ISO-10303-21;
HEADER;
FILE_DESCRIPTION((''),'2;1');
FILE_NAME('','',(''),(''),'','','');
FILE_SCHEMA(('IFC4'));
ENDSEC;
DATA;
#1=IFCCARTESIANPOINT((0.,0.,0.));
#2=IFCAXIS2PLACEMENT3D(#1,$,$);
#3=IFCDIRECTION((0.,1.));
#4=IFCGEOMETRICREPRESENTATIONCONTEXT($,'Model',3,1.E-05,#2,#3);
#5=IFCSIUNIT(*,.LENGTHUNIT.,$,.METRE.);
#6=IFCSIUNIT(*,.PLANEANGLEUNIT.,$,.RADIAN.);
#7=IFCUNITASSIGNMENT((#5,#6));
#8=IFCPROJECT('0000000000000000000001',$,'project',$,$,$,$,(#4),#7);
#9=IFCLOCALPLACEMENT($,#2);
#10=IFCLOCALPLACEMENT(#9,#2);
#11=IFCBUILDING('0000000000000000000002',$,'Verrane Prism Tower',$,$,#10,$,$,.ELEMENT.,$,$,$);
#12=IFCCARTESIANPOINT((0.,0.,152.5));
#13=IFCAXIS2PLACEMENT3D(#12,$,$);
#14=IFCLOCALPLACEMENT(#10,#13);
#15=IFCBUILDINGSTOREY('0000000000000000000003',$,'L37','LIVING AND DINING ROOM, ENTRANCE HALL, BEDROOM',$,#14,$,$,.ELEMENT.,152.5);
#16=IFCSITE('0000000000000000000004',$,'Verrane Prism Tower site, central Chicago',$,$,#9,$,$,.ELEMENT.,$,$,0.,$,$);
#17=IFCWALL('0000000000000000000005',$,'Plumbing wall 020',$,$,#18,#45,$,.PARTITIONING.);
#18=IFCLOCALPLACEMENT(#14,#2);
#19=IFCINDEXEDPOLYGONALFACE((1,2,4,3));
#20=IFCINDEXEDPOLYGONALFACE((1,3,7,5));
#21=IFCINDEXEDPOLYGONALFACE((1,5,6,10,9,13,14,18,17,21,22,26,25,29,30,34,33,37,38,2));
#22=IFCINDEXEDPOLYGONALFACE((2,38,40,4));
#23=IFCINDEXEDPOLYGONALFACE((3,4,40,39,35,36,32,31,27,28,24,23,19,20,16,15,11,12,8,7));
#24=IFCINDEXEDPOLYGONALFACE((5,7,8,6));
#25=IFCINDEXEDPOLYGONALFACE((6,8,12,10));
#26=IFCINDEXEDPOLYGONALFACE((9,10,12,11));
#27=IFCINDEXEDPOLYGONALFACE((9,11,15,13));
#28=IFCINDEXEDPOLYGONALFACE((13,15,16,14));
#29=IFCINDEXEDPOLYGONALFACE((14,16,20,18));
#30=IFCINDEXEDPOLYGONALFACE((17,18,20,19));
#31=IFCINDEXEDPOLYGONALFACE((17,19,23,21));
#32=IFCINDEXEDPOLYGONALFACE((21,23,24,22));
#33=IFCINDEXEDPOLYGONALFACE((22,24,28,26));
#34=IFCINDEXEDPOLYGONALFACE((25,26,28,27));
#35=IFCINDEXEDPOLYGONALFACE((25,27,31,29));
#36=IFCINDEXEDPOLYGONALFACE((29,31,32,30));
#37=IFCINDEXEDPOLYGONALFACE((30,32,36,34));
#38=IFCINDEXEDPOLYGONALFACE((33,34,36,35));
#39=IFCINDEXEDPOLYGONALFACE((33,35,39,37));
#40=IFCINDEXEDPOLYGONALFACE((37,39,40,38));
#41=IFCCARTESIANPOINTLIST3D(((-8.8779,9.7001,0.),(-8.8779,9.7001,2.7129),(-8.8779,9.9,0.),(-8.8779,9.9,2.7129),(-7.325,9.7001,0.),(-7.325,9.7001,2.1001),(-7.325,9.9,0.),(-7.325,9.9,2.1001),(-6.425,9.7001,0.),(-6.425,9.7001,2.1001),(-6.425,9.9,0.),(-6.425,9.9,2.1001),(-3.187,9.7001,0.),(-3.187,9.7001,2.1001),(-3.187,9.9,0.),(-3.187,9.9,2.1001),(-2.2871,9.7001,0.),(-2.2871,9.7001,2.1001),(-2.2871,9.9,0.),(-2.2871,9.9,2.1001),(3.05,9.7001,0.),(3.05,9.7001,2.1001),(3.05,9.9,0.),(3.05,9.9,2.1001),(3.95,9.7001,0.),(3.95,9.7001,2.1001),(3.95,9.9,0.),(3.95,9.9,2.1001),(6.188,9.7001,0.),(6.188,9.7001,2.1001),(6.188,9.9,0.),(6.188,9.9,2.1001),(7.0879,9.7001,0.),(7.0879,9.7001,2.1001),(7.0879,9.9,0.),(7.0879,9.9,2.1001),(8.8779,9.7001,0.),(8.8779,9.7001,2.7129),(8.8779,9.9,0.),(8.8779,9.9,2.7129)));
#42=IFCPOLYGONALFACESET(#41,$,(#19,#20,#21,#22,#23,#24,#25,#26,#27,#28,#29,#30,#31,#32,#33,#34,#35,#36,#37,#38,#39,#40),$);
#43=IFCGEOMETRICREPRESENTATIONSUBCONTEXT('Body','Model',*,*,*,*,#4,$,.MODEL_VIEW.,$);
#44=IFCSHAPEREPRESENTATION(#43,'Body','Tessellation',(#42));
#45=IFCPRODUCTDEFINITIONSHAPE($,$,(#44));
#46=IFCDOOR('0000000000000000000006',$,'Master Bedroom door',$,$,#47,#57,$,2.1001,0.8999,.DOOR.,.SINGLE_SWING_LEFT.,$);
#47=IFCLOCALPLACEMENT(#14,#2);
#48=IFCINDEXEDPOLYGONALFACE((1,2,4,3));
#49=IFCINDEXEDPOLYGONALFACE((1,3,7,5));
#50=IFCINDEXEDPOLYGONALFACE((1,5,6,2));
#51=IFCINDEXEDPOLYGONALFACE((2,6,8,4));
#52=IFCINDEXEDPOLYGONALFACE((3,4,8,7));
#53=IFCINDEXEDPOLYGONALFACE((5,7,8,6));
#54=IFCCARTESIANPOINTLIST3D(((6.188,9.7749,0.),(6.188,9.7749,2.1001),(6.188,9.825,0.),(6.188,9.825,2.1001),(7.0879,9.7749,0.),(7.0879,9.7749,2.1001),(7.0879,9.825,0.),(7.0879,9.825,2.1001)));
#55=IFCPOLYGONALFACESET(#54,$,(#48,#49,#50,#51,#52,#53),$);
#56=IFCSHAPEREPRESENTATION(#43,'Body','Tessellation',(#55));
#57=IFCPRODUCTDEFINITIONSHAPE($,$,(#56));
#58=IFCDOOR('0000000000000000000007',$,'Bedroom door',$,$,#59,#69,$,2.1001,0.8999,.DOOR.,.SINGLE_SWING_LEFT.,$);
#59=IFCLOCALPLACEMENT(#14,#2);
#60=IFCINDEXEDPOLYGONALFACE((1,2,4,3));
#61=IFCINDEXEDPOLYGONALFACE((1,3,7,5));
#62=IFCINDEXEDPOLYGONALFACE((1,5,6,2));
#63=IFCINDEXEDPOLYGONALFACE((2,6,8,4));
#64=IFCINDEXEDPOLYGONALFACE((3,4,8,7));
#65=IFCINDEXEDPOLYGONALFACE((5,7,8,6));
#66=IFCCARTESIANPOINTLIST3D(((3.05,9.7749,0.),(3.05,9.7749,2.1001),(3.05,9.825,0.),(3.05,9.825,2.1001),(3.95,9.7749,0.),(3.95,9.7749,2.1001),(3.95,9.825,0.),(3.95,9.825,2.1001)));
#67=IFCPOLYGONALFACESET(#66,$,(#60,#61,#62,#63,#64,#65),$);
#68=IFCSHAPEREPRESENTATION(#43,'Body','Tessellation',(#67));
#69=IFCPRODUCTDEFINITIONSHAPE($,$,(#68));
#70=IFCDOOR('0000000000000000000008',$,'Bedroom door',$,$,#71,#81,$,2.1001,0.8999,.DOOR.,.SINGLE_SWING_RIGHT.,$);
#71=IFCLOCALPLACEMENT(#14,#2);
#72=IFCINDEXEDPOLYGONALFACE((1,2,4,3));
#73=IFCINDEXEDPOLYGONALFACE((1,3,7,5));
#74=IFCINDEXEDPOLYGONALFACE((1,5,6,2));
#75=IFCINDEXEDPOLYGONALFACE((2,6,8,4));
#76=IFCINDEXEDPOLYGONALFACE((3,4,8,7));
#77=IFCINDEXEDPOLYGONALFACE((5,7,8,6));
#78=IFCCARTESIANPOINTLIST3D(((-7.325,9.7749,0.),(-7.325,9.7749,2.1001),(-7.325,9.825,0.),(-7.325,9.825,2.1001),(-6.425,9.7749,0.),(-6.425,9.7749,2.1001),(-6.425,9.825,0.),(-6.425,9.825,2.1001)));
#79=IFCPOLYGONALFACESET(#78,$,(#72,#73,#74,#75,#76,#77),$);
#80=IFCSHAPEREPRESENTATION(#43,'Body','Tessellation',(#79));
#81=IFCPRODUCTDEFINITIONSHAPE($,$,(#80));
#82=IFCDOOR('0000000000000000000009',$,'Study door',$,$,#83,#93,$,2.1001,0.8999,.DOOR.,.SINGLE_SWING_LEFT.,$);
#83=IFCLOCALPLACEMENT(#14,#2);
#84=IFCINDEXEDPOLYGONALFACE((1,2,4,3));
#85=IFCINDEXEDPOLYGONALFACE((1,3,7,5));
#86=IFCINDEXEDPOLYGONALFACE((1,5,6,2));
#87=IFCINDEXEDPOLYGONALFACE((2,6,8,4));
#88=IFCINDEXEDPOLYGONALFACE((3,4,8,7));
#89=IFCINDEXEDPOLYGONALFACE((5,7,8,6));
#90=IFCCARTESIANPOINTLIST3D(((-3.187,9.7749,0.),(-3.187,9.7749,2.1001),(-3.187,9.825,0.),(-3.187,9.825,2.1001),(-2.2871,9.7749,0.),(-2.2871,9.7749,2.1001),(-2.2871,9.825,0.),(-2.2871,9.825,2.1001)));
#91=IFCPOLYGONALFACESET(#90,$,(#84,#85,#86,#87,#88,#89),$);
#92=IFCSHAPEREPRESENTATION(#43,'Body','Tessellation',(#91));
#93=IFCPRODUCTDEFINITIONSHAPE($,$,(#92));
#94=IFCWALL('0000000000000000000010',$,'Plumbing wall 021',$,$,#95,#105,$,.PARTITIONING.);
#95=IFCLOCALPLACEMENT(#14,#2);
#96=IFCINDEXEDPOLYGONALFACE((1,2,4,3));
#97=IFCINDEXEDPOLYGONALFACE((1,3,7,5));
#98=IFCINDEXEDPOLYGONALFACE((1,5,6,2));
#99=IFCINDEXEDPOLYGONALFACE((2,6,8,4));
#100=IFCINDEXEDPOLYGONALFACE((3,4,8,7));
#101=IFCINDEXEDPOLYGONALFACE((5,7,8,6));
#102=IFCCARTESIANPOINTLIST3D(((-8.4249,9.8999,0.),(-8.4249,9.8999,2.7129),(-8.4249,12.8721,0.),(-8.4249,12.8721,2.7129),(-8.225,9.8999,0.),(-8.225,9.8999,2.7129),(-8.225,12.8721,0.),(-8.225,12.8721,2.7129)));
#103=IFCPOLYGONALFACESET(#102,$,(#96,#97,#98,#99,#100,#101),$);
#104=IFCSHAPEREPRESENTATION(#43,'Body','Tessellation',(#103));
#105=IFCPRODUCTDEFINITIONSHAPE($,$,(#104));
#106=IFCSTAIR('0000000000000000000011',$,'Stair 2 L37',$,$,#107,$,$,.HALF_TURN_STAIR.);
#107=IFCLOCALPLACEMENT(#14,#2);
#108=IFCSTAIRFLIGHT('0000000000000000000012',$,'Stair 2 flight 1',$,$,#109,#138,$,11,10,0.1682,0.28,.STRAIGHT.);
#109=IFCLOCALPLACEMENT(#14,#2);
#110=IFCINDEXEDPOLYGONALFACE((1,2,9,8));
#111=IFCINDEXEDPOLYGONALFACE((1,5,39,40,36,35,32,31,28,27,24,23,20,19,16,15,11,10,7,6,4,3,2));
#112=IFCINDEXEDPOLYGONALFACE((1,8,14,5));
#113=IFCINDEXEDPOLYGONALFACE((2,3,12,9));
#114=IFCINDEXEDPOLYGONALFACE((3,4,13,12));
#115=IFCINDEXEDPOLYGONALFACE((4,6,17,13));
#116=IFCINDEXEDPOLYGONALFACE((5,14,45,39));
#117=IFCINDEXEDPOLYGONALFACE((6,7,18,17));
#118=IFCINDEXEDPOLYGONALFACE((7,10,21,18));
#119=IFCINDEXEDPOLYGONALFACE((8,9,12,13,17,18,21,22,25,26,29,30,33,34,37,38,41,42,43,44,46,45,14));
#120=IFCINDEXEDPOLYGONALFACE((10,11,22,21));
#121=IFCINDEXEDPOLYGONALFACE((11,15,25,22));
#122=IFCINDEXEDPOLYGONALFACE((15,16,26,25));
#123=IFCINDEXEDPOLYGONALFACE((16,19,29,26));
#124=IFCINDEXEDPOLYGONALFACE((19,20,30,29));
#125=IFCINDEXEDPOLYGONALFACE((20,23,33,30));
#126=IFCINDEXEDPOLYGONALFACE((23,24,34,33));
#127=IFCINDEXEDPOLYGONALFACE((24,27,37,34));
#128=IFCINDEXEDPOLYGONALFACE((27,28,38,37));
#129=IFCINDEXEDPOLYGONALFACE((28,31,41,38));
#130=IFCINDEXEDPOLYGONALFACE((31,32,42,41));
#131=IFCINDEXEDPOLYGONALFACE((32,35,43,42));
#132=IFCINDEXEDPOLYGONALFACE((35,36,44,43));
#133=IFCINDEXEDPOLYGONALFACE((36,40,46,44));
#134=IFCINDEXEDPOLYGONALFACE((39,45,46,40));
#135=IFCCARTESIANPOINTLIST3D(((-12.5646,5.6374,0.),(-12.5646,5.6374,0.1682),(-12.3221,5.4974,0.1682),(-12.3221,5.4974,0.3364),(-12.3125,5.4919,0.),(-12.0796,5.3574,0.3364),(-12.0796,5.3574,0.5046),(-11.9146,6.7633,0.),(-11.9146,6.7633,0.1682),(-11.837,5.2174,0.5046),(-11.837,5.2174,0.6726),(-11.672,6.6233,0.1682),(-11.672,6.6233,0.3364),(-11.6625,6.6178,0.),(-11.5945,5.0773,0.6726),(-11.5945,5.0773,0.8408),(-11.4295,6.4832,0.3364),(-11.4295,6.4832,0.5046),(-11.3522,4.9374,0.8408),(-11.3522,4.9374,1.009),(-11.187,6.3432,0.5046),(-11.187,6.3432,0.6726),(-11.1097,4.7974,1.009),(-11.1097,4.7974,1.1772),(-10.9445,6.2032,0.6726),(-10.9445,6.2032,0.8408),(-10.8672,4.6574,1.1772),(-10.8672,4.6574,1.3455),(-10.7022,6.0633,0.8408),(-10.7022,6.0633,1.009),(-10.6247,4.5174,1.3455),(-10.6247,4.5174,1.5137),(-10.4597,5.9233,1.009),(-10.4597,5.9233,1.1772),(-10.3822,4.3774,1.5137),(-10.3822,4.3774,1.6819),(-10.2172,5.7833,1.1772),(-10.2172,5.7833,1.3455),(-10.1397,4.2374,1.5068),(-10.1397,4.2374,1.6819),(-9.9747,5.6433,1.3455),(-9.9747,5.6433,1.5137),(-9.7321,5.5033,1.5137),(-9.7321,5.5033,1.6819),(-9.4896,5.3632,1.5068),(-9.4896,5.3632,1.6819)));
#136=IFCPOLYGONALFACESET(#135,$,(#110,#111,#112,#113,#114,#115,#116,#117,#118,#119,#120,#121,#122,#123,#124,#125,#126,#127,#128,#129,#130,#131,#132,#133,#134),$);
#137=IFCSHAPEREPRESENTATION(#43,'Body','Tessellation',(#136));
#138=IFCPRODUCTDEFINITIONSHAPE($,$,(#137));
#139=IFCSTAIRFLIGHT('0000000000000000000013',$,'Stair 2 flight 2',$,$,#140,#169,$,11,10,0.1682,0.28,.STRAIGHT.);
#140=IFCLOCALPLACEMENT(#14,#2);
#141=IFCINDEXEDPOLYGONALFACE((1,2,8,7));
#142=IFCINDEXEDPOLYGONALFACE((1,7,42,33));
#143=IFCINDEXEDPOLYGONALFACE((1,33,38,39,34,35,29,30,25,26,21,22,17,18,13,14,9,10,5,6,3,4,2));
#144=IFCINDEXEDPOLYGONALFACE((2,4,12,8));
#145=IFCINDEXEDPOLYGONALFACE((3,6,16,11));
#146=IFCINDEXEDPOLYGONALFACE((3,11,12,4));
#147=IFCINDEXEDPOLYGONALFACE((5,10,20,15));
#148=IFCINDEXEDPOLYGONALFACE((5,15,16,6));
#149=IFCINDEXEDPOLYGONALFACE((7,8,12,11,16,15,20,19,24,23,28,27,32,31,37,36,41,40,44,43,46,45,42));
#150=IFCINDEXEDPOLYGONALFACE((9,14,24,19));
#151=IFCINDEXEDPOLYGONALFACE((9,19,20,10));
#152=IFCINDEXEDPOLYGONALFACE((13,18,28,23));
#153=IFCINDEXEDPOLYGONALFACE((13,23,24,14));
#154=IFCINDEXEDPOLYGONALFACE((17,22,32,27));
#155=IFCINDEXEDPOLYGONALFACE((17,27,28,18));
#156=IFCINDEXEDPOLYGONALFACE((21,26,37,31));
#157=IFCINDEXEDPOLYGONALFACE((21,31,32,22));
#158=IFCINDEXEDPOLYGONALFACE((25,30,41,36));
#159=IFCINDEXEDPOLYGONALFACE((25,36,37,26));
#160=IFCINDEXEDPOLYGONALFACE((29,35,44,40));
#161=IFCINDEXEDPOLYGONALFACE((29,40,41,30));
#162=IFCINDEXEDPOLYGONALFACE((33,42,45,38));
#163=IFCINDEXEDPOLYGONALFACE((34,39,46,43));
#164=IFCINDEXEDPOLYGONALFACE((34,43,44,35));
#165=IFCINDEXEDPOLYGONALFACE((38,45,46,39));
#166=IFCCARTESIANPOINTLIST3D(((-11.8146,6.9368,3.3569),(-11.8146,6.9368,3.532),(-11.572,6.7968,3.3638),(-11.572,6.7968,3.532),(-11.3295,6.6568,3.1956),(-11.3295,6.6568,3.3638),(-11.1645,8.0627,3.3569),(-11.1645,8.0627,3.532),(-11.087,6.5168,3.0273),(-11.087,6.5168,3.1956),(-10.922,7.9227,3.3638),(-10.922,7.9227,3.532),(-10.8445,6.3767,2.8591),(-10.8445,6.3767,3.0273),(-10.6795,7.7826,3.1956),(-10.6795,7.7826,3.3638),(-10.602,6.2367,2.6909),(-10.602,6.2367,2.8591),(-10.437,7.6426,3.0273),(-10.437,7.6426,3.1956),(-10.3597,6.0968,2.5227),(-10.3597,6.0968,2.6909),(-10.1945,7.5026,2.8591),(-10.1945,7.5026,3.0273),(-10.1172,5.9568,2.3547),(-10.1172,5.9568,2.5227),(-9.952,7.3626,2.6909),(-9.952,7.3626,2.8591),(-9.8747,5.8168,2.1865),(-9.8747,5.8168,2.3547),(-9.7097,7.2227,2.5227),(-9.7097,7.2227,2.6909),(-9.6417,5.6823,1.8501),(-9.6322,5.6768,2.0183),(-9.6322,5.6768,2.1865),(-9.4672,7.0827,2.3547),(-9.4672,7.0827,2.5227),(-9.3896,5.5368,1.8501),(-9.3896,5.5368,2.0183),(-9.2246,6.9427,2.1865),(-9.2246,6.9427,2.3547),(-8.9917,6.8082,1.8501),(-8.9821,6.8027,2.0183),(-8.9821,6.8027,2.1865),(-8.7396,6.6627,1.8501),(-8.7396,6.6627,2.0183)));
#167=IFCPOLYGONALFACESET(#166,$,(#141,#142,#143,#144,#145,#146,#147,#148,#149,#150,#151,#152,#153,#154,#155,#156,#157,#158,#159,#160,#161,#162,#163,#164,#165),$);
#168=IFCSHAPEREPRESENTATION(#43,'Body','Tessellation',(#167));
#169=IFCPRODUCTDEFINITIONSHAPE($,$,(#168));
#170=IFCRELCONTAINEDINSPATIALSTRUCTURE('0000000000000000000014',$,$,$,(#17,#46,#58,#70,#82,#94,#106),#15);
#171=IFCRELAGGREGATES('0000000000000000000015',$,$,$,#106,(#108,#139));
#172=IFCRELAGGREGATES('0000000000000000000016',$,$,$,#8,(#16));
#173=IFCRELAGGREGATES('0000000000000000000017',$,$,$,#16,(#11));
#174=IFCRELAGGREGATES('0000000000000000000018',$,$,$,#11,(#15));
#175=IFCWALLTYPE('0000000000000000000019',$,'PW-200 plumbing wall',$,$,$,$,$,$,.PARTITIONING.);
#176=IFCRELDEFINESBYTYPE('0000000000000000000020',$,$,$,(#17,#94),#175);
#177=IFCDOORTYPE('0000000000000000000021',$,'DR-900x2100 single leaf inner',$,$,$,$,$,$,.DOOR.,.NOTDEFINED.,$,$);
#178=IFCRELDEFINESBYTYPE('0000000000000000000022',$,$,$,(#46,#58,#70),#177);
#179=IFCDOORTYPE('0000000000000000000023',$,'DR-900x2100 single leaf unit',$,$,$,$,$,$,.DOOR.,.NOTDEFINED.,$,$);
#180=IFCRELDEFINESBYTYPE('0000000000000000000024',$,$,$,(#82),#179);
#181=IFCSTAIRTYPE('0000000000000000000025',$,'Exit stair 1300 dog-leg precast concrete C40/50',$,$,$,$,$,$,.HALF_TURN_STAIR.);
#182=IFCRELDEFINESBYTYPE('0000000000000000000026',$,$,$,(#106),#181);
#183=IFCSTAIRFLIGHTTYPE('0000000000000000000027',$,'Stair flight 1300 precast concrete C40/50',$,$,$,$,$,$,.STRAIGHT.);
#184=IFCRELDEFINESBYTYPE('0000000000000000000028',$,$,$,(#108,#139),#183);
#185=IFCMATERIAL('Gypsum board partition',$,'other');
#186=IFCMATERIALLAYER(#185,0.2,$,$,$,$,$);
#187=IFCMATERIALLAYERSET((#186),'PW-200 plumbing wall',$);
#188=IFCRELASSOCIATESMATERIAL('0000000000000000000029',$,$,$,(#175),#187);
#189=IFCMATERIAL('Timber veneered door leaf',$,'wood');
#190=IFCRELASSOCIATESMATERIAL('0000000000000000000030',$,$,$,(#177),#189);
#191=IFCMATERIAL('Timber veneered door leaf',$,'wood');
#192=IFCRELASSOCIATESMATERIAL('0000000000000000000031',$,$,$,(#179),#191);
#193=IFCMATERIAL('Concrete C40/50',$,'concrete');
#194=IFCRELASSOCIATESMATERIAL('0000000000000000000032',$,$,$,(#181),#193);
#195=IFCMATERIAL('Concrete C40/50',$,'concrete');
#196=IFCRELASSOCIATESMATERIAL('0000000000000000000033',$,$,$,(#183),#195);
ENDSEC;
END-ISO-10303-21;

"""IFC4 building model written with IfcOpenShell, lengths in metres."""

from ifc_helpers import new_model, si_unit, direction, frame, frame_2d, origin, place, context, subcontext, project, spatial, polyline, rectangle, outline, extrude, material, layer, layer_set, type_object, element, fill, aggregate, save


model = new_model("IFC4")

# Units and contexts
model_context = context("Model", 3, precision=1e-05, world=origin(), true_north=direction((0.0, 1.0)))
body_context = subcontext(model_context, "Body", "Model", "MODEL_VIEW")
ifc_project = project(units=[si_unit("LENGTHUNIT", "METRE"), si_unit("PLANEANGLEUNIT", "RADIAN")], contexts=[model_context])

# Site, building, storey
site_placement = place(None, origin())
site = spatial("IfcSite", under=ifc_project, at=site_placement, Name="Verrane Prism Tower site, central Chicago", CompositionType="ELEMENT", RefElevation=0.0)
building_placement = place(site_placement, origin())
building = spatial("IfcBuilding", under=site, at=building_placement, Name="Verrane Prism Tower", CompositionType="ELEMENT")
storey_placement = place(building_placement, frame((0.0, 0.0, 152.5)))
storey = spatial("IfcBuildingStorey", under=building, at=storey_placement, Name="L37", Description="LIVING AND DINING ROOM, ENTRANCE HALL, BEDROOM", CompositionType="ELEMENT", Elevation=152.5)

# Wall, openings, doors
ifc_material_1 = material(Name="Gypsum board partition", Category="other")
ifc_layer_1 = layer(ifc_material_1, 0.2)
ifc_layer_set_1 = layer_set([ifc_layer_1], Name="PW-200 plumbing wall")
wall_type_1 = type_object("IfcWallType", Name="PW-200 plumbing wall", PredefinedType="PARTITIONING", material=ifc_layer_set_1)
wall_1_placement = place(storey_placement, frame((-8.8779, 9.8, 0.0), z_axis=(0.0, 0.0, 1.0), x_axis=(1.0, 0.0, 0.0)))
wall_1 = element("IfcWall", 1, at=wall_1_placement, inside=storey, type_object=wall_type_1, Name="Plumbing wall 020", PredefinedType="PARTITIONING", context=body_context, shape_type="SweptSolid", body=[
    extrude(rectangle(XDim=17.7559, YDim=0.2, at=frame_2d((8.8779, 0.0))), origin(), (0.0, 0.0, 1.0), 2.7129),
])
opening_1_placement = place(wall_1_placement, frame((15.0659, 0.0, 0.0)))
opening_1 = element("IfcOpeningElement", 2, at=opening_1_placement, cuts=wall_1, PredefinedType="OPENING", context=body_context, shape_type="SweptSolid", body=[
    extrude(rectangle(XDim=0.8999, YDim=2.1001, at=frame_2d((0.45, 1.05))), frame((0.0, 0.1099, 0.0), z_axis=(0.0, -1.0, 0.0), x_axis=(1.0, 0.0, 0.0)), (0.0, 0.0, 1.0), 0.22),
])
opening_2_placement = place(wall_1_placement, frame((11.928, 0.0, 0.0)))
opening_2 = element("IfcOpeningElement", 3, at=opening_2_placement, cuts=wall_1, PredefinedType="OPENING", context=body_context, shape_type="SweptSolid", body=[
    extrude(rectangle(XDim=0.8999, YDim=2.1001, at=frame_2d((0.45, 1.05))), frame((0.0, 0.1099, 0.0), z_axis=(0.0, -1.0, 0.0), x_axis=(1.0, 0.0, 0.0)), (0.0, 0.0, 1.0), 0.22),
])
opening_3_placement = place(wall_1_placement, frame((5.6909, 0.0, 0.0)))
opening_3 = element("IfcOpeningElement", 4, at=opening_3_placement, cuts=wall_1, PredefinedType="OPENING", context=body_context, shape_type="SweptSolid", body=[
    extrude(rectangle(XDim=0.8999, YDim=2.1001, at=frame_2d((0.45, 1.05))), frame((0.0, 0.1099, 0.0), z_axis=(0.0, -1.0, 0.0), x_axis=(1.0, 0.0, 0.0)), (0.0, 0.0, 1.0), 0.22),
])
opening_4_placement = place(wall_1_placement, frame((1.553, 0.0, 0.0)))
opening_4 = element("IfcOpeningElement", 5, at=opening_4_placement, cuts=wall_1, PredefinedType="OPENING", context=body_context, shape_type="SweptSolid", body=[
    extrude(rectangle(XDim=0.8999, YDim=2.1001, at=frame_2d((0.45, 1.05))), frame((0.0, 0.1099, 0.0), z_axis=(0.0, -1.0, 0.0), x_axis=(1.0, 0.0, 0.0)), (0.0, 0.0, 1.0), 0.22),
])
ifc_material_2 = material(Name="Timber veneered door leaf", Category="wood")
door_type_1 = type_object("IfcDoorType", Name="DR-900x2100 single leaf inner", OperationType="NOTDEFINED", PredefinedType="DOOR", material=ifc_material_2)
door_1_placement = place(opening_1_placement, origin())
door_1 = element("IfcDoor", 6, at=door_1_placement, inside=storey, type_object=door_type_1, Name="Master Bedroom door", OperationType="SINGLE_SWING_LEFT", OverallHeight=2.1001, OverallWidth=0.8999, PredefinedType="DOOR", context=body_context, shape_type="SweptSolid", body=[
    extrude(rectangle(XDim=0.8999, YDim=2.1001, at=frame_2d((0.45, 1.05))), frame((0.0, 0.0249, 0.0), z_axis=(0.0, -1.0, 0.0), x_axis=(1.0, 0.0, 0.0)), (0.0, 0.0, 1.0), 0.05),
])
fill(opening_1, door_1)
door_2_placement = place(opening_2_placement, origin())
door_2 = element("IfcDoor", 7, at=door_2_placement, inside=storey, type_object=door_type_1, Name="Bedroom door", OperationType="SINGLE_SWING_LEFT", OverallHeight=2.1001, OverallWidth=0.8999, PredefinedType="DOOR", context=body_context, shape_type="SweptSolid", body=[
    extrude(rectangle(XDim=0.8999, YDim=2.1001, at=frame_2d((0.45, 1.05))), frame((0.0, 0.0249, 0.0), z_axis=(0.0, -1.0, 0.0), x_axis=(1.0, 0.0, 0.0)), (0.0, 0.0, 1.0), 0.05),
])
fill(opening_2, door_2)
door_3_placement = place(opening_4_placement, origin())
door_3 = element("IfcDoor", 8, at=door_3_placement, inside=storey, type_object=door_type_1, Name="Bedroom door", OperationType="SINGLE_SWING_RIGHT", OverallHeight=2.1001, OverallWidth=0.8999, PredefinedType="DOOR", context=body_context, shape_type="SweptSolid", body=[
    extrude(rectangle(XDim=0.8999, YDim=2.1001, at=frame_2d((0.45, 1.05))), frame((0.0, 0.0249, 0.0), z_axis=(0.0, -1.0, 0.0), x_axis=(1.0, 0.0, 0.0)), (0.0, 0.0, 1.0), 0.05),
])
fill(opening_4, door_3)
ifc_material_3 = material(Name="Timber veneered door leaf", Category="wood")
door_type_2 = type_object("IfcDoorType", Name="DR-900x2100 single leaf unit", OperationType="NOTDEFINED", PredefinedType="DOOR", material=ifc_material_3)
door_4_placement = place(opening_3_placement, origin())
door_4 = element("IfcDoor", 9, at=door_4_placement, inside=storey, type_object=door_type_2, Name="Study door", OperationType="SINGLE_SWING_LEFT", OverallHeight=2.1001, OverallWidth=0.8999, PredefinedType="DOOR", context=body_context, shape_type="SweptSolid", body=[
    extrude(rectangle(XDim=0.8999, YDim=2.1001, at=frame_2d((0.45, 1.05))), frame((0.0, 0.0249, 0.0), z_axis=(0.0, -1.0, 0.0), x_axis=(1.0, 0.0, 0.0)), (0.0, 0.0, 1.0), 0.05),
])
fill(opening_3, door_4)

# Wall
wall_2_placement = place(storey_placement, frame((-8.325, 9.8999, 0.0), z_axis=(0.0, 0.0, 1.0), x_axis=(0.0, 1.0, 0.0)))
element("IfcWall", 10, at=wall_2_placement, inside=storey, type_object=wall_type_1, Name="Plumbing wall 021", PredefinedType="PARTITIONING", context=body_context, shape_type="SweptSolid", body=[
    extrude(rectangle(XDim=2.9722, YDim=0.2, at=frame_2d((1.4861, 0.0))), origin(), (0.0, 0.0, 1.0), 2.7129),
])

# Stair, stair flights
ifc_material_4 = material(Name="Concrete C40/50", Category="concrete")
stair_type = type_object("IfcStairType", Name="Exit stair 1300 dog-leg precast concrete C40/50", PredefinedType="HALF_TURN_STAIR", material=ifc_material_4)
stair_placement = place(storey_placement, origin())
stair = element("IfcStair", 11, at=stair_placement, inside=storey, type_object=stair_type, Name="Stair 2 L37", PredefinedType="HALF_TURN_STAIR")
ifc_material_5 = material(Name="Concrete C40/50", Category="concrete")
stair_flight_type = type_object("IfcStairFlightType", Name="Stair flight 1300 precast concrete C40/50", PredefinedType="STRAIGHT", material=ifc_material_5)
stair_flight_1_placement = place(storey_placement, frame((-12.2395, 6.2004, 0.0), z_axis=(0.0, 0.0, 1.0), x_axis=(0.866025, -0.5, 0.0)))
stair_flight_1 = element("IfcStairFlight", 12, at=stair_flight_1_placement, type_object=stair_flight_type, Name="Stair 2 flight 1", NumberOfRisers=11, NumberOfTreads=10, PredefinedType="STRAIGHT", RiserHeight=0.1682, TreadLength=0.28, context=body_context, shape_type="SweptSolid", body=[
    extrude(outline(polyline([(0.0, 0.0), (0.0, 0.1682), (0.28, 0.1682), (0.28, 0.3364), (0.5601, 0.3364), (0.5601, 0.5046), (0.8401, 0.5046), (0.8401, 0.6726), (1.1201, 0.6726), (1.1201, 0.8408), (1.3999, 0.8408), (1.3999, 1.009), (1.6799, 1.009), (1.6799, 1.1772), (1.96, 1.1772), (1.96, 1.3455), (2.24, 1.3455), (2.24, 1.5137), (2.52, 1.5137), (2.52, 1.6819), (2.8, 1.6819), (2.8, 1.8501), (2.8, 1.5068), (0.291, 0.0), (0.0, 0.0)])), frame((0.0, 0.6499, 0.0), z_axis=(0.0, -1.0, 0.0), x_axis=(1.0, 0.0, 0.0)), (0.0, 0.0, 1.0), 1.3),
])
stair_flight_2_placement = place(storey_placement, frame((-9.0647, 6.0996, 1.8501), z_axis=(0.0, 0.0, 1.0), x_axis=(-0.866025, 0.5, 0.0)))
stair_flight_2 = element("IfcStairFlight", 13, at=stair_flight_2_placement, type_object=stair_flight_type, Name="Stair 2 flight 2", NumberOfRisers=11, NumberOfTreads=10, PredefinedType="STRAIGHT", RiserHeight=0.1682, TreadLength=0.28, context=body_context, shape_type="SweptSolid", body=[
    extrude(outline(polyline([(0.0, 0.0), (0.0, 0.1682), (0.28, 0.1682), (0.28, 0.3364), (0.5601, 0.3364), (0.5601, 0.5046), (0.8401, 0.5046), (0.8401, 0.6726), (1.1201, 0.6726), (1.1201, 0.8408), (1.3999, 0.8408), (1.3999, 1.009), (1.6799, 1.009), (1.6799, 1.1772), (1.96, 1.1772), (1.96, 1.3455), (2.24, 1.3455), (2.24, 1.5137), (2.52, 1.5137), (2.52, 1.6819), (2.8, 1.6819), (2.8, 1.8501), (2.8, 1.5068), (0.291, 0.0), (0.0, 0.0)])), frame((0.0, 0.6499, 0.0), z_axis=(0.0, -1.0, 0.0), x_axis=(1.0, 0.0, 0.0)), (0.0, 0.0, 1.0), 1.3),
])
aggregate(stair, [stair_flight_1, stair_flight_2])

save(model, "model.ifc")
